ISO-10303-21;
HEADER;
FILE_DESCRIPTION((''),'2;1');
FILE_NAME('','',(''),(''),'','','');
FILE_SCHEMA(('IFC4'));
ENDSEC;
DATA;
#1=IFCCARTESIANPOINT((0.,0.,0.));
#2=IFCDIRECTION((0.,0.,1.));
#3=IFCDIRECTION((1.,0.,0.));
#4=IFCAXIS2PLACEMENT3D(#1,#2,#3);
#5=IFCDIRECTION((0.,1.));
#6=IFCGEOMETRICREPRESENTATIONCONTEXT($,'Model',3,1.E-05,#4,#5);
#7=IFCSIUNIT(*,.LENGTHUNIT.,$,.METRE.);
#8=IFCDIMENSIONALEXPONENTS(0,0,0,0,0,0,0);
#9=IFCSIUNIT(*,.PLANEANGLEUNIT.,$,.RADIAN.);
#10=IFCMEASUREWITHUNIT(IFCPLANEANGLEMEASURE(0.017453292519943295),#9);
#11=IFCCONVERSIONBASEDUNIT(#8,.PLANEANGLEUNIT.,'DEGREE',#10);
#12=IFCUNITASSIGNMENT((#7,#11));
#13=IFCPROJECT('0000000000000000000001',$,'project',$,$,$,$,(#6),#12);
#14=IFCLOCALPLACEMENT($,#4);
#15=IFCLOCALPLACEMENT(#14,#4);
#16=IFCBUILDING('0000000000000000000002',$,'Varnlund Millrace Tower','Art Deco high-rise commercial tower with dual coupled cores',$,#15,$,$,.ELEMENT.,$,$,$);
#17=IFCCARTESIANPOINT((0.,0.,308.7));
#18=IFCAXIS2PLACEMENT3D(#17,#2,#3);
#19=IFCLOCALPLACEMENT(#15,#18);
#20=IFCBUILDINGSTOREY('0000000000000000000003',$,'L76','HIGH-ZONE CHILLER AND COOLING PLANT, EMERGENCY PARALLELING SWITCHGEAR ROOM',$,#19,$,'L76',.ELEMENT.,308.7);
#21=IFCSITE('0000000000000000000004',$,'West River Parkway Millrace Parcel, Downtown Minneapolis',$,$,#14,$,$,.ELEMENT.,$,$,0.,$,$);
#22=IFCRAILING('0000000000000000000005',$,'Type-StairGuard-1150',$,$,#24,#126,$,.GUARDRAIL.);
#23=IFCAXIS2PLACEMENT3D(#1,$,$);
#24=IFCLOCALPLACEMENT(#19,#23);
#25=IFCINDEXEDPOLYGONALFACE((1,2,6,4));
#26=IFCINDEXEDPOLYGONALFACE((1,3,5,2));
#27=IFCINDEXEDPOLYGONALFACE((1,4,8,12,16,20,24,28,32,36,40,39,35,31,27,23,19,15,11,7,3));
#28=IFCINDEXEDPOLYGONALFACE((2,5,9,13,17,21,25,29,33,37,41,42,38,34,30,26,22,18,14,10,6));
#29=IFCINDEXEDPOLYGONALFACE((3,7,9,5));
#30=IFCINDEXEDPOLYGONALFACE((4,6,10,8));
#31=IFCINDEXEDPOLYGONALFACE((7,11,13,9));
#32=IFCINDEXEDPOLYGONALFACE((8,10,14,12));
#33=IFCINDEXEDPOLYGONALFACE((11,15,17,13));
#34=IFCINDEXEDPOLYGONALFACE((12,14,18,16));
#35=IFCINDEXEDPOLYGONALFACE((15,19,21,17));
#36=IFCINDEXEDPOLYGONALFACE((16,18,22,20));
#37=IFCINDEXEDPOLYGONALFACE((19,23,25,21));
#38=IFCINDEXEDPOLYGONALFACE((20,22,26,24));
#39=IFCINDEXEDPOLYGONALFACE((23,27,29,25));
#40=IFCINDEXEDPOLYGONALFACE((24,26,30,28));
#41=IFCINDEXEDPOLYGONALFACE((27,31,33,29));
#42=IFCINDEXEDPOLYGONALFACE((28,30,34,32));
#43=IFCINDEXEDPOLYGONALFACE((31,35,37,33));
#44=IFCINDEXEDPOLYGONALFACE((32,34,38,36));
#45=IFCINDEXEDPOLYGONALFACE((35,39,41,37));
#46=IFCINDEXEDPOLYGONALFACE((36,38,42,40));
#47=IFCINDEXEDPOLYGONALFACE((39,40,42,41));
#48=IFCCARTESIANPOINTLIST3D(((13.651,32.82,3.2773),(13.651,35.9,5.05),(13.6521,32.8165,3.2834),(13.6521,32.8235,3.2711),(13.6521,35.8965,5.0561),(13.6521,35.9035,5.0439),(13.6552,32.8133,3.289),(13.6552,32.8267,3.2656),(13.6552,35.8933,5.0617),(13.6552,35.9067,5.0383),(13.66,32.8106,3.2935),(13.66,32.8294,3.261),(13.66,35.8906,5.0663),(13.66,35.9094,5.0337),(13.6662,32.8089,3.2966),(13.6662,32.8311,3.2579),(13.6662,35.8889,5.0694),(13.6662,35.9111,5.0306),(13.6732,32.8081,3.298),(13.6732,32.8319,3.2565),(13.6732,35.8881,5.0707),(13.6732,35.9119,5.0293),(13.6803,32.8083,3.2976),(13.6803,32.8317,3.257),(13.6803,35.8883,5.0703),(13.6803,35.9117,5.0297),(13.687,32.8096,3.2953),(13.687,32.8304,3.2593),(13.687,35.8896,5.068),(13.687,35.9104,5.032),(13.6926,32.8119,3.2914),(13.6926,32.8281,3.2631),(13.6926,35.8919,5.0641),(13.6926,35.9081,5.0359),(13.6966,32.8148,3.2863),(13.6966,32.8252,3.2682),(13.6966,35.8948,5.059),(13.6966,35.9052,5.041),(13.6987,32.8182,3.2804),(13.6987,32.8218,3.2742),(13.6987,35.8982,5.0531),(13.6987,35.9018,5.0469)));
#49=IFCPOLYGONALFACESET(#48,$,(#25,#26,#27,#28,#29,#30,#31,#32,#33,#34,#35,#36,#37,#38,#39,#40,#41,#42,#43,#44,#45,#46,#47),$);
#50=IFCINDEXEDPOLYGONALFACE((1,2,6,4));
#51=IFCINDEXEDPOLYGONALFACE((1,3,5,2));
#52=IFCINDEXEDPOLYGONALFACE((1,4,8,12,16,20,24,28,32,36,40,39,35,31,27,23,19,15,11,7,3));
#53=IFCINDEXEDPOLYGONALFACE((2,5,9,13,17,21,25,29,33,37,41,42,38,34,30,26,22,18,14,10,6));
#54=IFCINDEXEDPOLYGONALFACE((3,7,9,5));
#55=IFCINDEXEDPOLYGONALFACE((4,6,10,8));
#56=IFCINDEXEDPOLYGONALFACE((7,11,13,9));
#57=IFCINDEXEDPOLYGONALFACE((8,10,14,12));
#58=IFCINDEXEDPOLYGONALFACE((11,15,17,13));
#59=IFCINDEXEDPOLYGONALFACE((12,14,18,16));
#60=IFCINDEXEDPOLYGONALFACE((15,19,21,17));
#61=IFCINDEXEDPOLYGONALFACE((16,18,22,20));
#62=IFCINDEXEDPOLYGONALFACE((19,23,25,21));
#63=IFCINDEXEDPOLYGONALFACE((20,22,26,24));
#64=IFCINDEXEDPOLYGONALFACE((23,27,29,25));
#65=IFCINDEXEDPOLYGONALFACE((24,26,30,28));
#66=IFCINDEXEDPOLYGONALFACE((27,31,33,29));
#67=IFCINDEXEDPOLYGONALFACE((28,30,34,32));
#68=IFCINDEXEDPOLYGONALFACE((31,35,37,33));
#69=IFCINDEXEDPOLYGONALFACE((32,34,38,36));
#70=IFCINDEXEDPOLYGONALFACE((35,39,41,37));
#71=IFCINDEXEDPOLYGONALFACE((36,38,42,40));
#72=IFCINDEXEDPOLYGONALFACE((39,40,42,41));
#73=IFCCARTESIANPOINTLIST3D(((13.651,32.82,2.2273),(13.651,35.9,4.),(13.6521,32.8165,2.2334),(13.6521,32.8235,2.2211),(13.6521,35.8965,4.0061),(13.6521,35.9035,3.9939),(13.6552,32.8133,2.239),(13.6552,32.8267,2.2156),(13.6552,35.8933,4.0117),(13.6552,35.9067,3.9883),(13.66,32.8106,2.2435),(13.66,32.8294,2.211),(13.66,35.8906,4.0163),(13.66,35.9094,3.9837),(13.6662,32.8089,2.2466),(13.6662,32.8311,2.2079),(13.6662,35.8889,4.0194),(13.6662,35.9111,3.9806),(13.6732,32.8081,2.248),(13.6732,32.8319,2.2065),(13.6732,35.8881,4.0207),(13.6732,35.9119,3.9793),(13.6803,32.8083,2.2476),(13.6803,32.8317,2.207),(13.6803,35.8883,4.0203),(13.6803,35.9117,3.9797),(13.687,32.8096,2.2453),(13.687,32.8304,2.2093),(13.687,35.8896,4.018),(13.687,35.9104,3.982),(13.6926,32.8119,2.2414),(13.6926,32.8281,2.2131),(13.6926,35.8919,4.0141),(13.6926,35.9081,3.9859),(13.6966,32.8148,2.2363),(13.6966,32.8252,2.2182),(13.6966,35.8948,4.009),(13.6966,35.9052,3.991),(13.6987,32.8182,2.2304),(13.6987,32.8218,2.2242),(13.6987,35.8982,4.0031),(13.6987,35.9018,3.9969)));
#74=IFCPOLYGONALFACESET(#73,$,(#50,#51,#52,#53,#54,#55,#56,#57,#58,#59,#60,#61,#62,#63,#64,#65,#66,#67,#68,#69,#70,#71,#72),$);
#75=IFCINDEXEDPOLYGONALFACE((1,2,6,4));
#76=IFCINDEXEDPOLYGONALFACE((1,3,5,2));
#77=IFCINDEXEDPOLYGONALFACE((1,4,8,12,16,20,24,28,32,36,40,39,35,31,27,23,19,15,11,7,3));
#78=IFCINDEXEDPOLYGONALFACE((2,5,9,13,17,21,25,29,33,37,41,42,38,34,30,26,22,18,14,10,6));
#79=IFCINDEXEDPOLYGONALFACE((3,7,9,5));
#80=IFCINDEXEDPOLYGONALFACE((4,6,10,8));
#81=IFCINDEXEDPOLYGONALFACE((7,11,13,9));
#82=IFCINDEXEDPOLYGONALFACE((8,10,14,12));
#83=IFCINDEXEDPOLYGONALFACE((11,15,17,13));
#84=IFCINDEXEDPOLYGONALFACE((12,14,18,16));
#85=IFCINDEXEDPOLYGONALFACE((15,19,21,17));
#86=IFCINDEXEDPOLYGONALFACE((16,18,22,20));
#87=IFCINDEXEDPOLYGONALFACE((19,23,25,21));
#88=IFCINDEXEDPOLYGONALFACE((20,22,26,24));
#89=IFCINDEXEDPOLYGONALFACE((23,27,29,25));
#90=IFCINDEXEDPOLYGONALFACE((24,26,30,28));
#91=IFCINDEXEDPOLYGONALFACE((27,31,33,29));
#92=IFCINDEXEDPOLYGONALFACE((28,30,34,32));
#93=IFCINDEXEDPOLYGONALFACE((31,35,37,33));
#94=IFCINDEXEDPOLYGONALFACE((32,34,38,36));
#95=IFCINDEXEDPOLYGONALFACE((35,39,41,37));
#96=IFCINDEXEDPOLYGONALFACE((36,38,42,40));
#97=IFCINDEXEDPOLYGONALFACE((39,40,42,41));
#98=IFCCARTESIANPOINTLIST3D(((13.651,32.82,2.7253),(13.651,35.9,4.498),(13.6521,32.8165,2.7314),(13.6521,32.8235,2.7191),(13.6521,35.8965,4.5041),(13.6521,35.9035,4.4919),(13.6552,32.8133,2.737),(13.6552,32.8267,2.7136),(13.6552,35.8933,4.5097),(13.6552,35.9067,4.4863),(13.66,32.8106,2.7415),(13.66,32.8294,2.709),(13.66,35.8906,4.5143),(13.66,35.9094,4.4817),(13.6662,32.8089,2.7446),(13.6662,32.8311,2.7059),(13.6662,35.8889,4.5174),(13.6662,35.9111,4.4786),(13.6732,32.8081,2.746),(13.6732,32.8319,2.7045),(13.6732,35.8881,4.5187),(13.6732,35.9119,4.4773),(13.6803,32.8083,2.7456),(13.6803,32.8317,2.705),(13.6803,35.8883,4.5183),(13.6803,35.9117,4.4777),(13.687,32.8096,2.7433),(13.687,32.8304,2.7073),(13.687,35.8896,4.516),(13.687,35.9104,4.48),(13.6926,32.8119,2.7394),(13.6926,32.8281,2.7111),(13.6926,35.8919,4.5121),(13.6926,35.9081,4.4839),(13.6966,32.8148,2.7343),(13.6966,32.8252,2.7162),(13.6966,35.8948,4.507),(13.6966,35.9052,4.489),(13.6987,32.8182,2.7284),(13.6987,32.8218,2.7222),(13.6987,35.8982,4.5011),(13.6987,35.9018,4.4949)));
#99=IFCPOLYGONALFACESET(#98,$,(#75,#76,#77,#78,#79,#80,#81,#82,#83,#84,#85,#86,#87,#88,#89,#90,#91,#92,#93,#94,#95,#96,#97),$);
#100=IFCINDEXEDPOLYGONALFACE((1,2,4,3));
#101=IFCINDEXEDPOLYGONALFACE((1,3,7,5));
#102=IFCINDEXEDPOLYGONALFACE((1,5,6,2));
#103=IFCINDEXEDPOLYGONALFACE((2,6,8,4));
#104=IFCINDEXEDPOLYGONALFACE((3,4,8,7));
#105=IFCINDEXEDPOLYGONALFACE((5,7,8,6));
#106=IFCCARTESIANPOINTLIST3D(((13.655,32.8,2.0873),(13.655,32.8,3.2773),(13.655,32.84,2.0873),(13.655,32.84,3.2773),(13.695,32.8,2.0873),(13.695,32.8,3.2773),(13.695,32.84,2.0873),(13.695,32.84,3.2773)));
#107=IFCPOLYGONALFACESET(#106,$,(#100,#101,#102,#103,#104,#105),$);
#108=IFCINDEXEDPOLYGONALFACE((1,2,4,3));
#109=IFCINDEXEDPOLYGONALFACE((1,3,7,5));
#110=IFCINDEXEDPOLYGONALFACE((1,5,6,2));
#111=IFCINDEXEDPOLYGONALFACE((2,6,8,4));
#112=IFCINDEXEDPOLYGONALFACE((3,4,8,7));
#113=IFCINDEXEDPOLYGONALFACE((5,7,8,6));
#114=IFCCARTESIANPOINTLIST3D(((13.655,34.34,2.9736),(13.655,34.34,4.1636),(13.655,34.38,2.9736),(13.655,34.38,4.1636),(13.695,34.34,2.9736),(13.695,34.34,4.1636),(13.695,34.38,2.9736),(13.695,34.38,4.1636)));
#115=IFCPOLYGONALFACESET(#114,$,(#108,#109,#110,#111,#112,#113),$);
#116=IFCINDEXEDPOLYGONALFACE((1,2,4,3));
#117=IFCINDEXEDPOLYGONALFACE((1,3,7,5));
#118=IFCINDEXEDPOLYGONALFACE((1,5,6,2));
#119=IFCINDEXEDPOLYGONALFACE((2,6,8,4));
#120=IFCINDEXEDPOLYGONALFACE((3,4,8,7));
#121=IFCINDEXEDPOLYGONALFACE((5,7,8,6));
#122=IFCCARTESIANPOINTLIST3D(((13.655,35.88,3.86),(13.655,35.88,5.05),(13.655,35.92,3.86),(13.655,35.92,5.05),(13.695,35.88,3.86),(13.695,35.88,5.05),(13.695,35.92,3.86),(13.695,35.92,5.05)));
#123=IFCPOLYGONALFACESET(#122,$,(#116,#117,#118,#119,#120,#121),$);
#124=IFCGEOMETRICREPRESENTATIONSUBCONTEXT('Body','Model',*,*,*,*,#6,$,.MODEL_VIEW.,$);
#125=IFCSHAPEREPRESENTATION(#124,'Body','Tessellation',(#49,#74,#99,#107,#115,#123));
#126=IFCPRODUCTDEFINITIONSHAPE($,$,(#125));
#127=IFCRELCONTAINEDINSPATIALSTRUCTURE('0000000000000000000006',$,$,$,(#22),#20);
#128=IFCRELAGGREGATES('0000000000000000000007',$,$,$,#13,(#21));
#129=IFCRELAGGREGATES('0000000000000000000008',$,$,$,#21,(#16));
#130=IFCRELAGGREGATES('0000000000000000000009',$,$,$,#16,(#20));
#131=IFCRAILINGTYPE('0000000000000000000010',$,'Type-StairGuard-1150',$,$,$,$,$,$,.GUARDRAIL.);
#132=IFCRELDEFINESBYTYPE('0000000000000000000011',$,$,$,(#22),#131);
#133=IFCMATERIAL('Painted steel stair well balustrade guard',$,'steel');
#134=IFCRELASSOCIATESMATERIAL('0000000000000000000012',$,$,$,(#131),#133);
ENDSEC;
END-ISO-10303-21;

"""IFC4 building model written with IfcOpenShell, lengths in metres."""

from ifc_helpers import new_model, entity, si_unit, converted_unit, direction, frame, origin_with_axes, origin_2d_with_axis, place, context, subcontext, project, spatial, rectangle, circle, extrude, material, type_object, element, save


model = new_model("IFC4")

# Units and contexts
model_context = context("Model", 3, precision=1e-05, world=origin_with_axes(), true_north=direction((0.0, 1.0)))
body_context = subcontext(model_context, "Body", "Model", "MODEL_VIEW")
ifc_project = project(units=[si_unit("LENGTHUNIT", "METRE"), converted_unit("PLANEANGLEUNIT", "DEGREE", entity("IfcPlaneAngleMeasure", 0.017453292519943295), si_unit("PLANEANGLEUNIT", "RADIAN"), dimensions=[0, 0, 0, 0, 0, 0, 0])], contexts=[model_context])

# Site, building, storey
site_placement = place(None, origin_with_axes())
site = spatial("IfcSite", under=ifc_project, at=site_placement, Name="West River Parkway Millrace Parcel, Downtown Minneapolis", CompositionType="ELEMENT", RefElevation=0.0)
building_placement = place(site_placement, origin_with_axes())
building = spatial("IfcBuilding", under=site, at=building_placement, Name="Varnlund Millrace Tower", Description="Art Deco high-rise commercial tower with dual coupled cores", CompositionType="ELEMENT")
storey_placement = place(building_placement, frame((0.0, 0.0, 308.7), z_axis=(0.0, 0.0, 1.0), x_axis=(1.0, 0.0, 0.0)))
storey = spatial("IfcBuildingStorey", under=building, at=storey_placement, Name="L76", Description="HIGH-ZONE CHILLER AND COOLING PLANT, EMERGENCY PARALLELING SWITCHGEAR ROOM", LongName="L76", CompositionType="ELEMENT", Elevation=308.7)

# Railing
ifc_material_1 = material(Name="Painted steel stair well balustrade guard", Category="steel")
railing_type_1 = type_object("IfcRailingType", Name="Type-StairGuard-1150", PredefinedType="GUARDRAIL", material=ifc_material_1)
railing_1_placement = place(storey_placement, frame((0.0, 0.0, -308.7), z_axis=(0.0, 0.0, 1.0), x_axis=(1.0, 0.0, 0.0)))
element("IfcRailing", 1, at=railing_1_placement, inside=storey, type_object=railing_type_1, Name="Type-StairGuard-1150", PredefinedType="GUARDRAIL", context=body_context, shape_type="SweptSolid", body=[
    extrude(circle(Radius=0.024, at=origin_2d_with_axis()), frame((13.675, 32.82, 311.9773), z_axis=(0.0, 0.866696, 0.498836), x_axis=(-1.0, 0.0, 0.0)), (0.0, 0.0, 1.0), 3.5537),
    extrude(circle(Radius=0.024, at=origin_2d_with_axis()), frame((13.675, 32.82, 310.9273), z_axis=(0.0, 0.866696, 0.498836), x_axis=(-1.0, 0.0, 0.0)), (0.0, 0.0, 1.0), 3.5537),
    extrude(circle(Radius=0.024, at=origin_2d_with_axis()), frame((13.675, 32.82, 311.4253), z_axis=(0.0, 0.866696, 0.498836), x_axis=(-1.0, 0.0, 0.0)), (0.0, 0.0, 1.0), 3.5537),
    extrude(rectangle(XDim=0.04, YDim=0.04, at=origin_2d_with_axis()), frame((13.675, 32.82, 310.7873), z_axis=(0.0, 0.0, 1.0), x_axis=(1.0, 0.0, 0.0)), (0.0, 0.0, 1.0), 1.19),
    extrude(rectangle(XDim=0.04, YDim=0.04, at=origin_2d_with_axis()), frame((13.675, 34.36, 311.6736), z_axis=(0.0, 0.0, 1.0), x_axis=(1.0, 0.0, 0.0)), (0.0, 0.0, 1.0), 1.19),
    extrude(rectangle(XDim=0.04, YDim=0.04, at=origin_2d_with_axis()), frame((13.675, 35.9, 312.56), z_axis=(0.0, 0.0, 1.0), x_axis=(1.0, 0.0, 0.0)), (0.0, 0.0, 1.0), 1.19),
])

save(model, "model.ifc")
